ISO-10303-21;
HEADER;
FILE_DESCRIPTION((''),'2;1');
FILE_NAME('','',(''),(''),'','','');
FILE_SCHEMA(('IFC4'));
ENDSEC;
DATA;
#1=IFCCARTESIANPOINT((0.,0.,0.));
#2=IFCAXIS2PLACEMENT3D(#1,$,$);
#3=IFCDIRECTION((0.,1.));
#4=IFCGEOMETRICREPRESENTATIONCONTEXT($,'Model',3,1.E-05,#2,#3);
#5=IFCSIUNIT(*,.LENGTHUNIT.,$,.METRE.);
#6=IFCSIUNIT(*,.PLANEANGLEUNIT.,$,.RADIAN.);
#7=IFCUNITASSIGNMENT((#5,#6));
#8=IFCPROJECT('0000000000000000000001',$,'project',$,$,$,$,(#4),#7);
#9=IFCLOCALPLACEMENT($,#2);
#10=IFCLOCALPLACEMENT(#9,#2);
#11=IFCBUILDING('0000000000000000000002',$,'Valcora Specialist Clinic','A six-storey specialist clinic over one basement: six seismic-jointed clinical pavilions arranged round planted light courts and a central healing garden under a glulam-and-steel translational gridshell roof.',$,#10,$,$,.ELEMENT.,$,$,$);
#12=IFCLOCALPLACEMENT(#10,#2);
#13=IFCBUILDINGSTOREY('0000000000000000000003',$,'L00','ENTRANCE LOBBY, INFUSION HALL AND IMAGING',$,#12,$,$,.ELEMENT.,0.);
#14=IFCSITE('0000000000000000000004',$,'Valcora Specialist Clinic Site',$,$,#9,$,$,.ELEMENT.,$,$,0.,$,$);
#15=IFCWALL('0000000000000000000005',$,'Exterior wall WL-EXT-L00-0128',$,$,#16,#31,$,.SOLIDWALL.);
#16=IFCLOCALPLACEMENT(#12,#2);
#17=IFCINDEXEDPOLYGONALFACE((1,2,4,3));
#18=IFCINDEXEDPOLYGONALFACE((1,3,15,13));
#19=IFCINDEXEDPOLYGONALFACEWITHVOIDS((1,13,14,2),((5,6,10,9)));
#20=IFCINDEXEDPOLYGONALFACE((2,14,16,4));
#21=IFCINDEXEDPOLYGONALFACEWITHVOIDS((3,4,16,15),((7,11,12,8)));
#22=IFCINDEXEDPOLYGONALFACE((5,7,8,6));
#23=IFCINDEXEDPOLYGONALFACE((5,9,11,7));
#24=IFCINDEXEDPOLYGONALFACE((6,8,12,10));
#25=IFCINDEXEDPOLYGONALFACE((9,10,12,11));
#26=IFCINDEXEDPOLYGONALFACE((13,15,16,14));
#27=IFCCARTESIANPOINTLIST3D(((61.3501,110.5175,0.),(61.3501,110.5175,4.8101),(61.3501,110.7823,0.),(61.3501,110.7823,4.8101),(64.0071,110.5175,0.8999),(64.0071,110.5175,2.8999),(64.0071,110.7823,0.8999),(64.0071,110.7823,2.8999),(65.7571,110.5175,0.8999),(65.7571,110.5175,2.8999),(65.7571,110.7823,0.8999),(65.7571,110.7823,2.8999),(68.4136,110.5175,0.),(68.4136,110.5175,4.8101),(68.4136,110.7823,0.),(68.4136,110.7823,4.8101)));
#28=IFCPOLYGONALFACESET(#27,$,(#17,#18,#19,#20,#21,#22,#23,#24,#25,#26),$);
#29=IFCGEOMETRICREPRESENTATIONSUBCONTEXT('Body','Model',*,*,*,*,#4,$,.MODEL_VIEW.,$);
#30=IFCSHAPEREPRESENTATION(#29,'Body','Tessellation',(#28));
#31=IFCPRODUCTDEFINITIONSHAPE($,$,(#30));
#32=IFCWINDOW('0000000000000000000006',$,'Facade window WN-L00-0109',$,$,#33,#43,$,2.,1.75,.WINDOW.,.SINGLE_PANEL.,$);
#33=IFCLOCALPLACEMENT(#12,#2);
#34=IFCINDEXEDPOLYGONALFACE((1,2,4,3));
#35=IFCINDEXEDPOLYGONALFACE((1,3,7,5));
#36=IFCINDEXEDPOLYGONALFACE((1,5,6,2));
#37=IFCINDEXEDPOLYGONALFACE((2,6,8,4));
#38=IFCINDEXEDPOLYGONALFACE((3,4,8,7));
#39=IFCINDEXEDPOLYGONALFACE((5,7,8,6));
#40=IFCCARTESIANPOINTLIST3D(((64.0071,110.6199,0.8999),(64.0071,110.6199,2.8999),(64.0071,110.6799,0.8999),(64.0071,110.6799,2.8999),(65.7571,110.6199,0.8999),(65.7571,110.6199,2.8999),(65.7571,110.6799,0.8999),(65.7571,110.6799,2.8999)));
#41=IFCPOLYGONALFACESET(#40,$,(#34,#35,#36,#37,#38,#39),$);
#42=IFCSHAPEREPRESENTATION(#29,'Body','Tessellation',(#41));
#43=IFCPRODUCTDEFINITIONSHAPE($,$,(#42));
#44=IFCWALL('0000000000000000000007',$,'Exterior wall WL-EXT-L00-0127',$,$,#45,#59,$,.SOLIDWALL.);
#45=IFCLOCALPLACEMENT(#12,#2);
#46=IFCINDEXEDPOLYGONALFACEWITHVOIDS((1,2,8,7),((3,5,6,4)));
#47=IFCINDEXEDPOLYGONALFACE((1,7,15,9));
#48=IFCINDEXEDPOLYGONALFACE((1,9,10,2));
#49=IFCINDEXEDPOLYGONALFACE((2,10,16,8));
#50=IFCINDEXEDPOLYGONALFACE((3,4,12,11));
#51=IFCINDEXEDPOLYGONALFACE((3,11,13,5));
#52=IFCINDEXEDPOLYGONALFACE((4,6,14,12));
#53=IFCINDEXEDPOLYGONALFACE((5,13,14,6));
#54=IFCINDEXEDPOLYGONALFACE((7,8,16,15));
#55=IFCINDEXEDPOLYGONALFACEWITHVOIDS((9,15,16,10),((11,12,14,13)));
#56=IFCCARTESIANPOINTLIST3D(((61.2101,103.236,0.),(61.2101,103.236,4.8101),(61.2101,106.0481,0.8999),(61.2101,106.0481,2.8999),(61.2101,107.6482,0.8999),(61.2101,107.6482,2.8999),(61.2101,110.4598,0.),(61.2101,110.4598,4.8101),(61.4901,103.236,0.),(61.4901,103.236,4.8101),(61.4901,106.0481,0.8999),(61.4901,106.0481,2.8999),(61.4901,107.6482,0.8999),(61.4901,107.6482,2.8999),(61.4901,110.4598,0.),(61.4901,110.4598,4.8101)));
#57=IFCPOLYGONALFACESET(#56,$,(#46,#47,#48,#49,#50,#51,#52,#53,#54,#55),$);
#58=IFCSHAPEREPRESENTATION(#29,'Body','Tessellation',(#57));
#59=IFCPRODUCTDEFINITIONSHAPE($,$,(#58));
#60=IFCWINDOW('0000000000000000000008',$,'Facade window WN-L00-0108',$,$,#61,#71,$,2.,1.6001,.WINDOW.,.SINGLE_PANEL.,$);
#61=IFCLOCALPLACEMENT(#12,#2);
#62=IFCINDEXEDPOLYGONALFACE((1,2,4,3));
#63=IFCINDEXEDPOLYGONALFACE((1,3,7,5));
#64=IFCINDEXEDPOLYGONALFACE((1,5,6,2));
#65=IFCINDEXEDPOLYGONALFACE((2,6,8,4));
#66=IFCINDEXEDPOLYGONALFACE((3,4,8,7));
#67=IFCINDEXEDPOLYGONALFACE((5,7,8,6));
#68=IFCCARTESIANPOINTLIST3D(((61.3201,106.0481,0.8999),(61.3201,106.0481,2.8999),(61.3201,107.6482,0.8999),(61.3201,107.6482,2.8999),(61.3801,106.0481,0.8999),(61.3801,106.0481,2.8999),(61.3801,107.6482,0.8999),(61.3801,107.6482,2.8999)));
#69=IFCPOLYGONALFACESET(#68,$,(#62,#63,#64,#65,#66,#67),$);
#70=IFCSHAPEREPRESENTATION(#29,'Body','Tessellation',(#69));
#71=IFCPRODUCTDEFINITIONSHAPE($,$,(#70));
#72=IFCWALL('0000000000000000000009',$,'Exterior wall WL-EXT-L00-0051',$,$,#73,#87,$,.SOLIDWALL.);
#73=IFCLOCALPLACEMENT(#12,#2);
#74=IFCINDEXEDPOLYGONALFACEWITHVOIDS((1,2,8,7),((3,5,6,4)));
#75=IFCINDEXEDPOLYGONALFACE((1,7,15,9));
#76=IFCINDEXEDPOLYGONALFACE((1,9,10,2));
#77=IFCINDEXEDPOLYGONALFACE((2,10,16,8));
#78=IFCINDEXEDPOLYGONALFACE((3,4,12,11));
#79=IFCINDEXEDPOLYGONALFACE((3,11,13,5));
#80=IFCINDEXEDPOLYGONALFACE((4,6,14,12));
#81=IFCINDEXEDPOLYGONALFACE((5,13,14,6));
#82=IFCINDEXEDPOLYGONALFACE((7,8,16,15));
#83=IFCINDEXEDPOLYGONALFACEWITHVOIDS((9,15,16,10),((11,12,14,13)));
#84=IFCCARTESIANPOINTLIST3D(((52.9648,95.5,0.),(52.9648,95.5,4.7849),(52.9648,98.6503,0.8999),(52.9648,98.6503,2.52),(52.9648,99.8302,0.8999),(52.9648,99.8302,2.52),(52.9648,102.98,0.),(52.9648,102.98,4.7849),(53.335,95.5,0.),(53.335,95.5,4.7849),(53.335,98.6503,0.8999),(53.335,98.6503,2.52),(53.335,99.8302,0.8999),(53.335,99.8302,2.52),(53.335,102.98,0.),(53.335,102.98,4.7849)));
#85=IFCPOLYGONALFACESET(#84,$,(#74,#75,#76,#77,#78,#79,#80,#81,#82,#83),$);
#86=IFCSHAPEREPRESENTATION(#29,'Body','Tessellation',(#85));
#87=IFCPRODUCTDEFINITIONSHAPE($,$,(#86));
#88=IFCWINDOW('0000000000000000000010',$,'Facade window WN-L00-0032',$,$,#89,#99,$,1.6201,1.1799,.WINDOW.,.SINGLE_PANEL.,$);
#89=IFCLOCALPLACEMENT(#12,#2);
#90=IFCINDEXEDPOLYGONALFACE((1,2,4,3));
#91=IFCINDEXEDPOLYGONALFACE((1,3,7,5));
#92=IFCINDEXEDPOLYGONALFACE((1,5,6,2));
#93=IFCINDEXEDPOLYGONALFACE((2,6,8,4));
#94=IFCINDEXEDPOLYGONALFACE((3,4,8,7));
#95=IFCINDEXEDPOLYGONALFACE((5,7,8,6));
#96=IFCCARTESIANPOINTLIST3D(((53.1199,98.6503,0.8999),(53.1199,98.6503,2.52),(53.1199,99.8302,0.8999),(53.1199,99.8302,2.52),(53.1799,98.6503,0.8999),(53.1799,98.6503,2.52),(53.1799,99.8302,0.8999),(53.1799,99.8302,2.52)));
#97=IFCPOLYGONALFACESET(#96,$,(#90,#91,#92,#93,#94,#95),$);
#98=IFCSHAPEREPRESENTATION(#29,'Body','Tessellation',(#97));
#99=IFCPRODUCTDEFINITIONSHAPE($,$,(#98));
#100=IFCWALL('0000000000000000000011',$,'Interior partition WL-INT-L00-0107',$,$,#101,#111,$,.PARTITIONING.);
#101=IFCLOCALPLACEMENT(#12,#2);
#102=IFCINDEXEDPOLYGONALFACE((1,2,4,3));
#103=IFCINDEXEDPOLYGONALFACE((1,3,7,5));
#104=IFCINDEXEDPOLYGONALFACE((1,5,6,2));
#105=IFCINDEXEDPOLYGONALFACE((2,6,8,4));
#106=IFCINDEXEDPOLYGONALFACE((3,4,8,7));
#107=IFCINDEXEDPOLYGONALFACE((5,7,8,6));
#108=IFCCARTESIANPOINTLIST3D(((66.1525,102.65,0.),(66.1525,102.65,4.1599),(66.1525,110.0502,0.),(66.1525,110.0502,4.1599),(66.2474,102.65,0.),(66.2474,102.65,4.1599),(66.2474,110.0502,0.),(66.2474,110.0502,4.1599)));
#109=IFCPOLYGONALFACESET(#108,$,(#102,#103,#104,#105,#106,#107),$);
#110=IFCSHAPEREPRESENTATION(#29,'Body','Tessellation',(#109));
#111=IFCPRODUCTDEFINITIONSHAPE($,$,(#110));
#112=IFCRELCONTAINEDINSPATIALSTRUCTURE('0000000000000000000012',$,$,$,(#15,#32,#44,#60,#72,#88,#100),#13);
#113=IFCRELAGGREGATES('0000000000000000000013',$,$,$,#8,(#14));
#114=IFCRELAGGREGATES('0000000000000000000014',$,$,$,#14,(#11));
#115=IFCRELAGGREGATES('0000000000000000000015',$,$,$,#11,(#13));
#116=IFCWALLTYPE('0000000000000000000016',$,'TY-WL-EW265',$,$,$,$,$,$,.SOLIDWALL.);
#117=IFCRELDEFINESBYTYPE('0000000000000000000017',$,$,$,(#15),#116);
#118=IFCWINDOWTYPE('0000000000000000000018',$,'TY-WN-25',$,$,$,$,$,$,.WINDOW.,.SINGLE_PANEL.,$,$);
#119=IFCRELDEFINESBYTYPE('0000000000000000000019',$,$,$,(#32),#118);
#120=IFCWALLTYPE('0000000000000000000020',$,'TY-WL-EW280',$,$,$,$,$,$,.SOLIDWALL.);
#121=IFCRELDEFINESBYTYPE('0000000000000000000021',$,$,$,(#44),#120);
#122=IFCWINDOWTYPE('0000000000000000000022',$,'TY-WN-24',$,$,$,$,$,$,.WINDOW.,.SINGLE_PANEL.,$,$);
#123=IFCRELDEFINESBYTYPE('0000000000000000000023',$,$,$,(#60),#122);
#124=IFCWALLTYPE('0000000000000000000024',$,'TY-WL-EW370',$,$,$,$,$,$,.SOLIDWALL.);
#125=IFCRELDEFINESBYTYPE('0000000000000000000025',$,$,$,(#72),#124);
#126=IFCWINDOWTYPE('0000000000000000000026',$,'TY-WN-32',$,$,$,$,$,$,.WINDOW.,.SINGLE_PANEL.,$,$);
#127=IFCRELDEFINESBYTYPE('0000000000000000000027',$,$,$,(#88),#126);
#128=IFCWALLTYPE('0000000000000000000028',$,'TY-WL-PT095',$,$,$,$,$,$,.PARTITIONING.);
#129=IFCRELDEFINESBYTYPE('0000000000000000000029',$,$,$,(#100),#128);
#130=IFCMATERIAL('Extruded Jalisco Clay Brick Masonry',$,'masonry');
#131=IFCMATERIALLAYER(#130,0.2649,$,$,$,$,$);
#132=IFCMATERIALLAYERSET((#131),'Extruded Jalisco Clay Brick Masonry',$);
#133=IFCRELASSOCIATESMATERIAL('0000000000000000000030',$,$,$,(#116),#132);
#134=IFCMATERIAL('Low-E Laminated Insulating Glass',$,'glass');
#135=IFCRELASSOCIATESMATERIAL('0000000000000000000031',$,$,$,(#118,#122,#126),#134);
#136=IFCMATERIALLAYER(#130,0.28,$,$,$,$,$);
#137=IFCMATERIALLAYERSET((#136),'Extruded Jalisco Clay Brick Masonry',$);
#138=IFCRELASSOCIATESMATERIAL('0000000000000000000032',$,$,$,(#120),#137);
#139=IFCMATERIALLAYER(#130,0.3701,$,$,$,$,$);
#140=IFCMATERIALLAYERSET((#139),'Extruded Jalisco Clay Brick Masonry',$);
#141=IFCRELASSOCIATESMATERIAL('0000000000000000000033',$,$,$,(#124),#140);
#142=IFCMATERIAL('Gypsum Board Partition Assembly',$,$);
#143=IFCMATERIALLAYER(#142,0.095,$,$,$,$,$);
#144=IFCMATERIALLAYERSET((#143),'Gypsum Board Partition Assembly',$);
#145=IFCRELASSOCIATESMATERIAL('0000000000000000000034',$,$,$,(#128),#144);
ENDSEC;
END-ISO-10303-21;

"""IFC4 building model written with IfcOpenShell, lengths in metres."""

from ifc_helpers import new_model, si_unit, direction, frame, frame_2d, origin, place, context, subcontext, project, spatial, rectangle, extrude, material, layer, layer_set, type_object, element, fill, save


model = new_model("IFC4")

# Units and contexts
model_context = context("Model", 3, precision=1e-05, world=origin(), true_north=direction((0.0, 1.0)))
body_context = subcontext(model_context, "Body", "Model", "MODEL_VIEW")
ifc_project = project(units=[si_unit("LENGTHUNIT", "METRE"), si_unit("PLANEANGLEUNIT", "RADIAN")], contexts=[model_context])

# Site, building, storey
site_placement = place(None, origin())
site = spatial("IfcSite", under=ifc_project, at=site_placement, Name="Valcora Specialist Clinic Site", CompositionType="ELEMENT", RefElevation=0.0)
building_placement = place(site_placement, origin())
building = spatial("IfcBuilding", under=site, at=building_placement, Name="Valcora Specialist Clinic", Description="A six-storey specialist clinic over one basement: six seismic-jointed clinical pavilions arranged round planted light courts and a central healing garden under a glulam-and-steel translational gridshell roof.", CompositionType="ELEMENT")
storey_placement = place(building_placement, origin())
storey = spatial("IfcBuildingStorey", under=building, at=storey_placement, Name="L00", Description="ENTRANCE LOBBY, INFUSION HALL AND IMAGING", CompositionType="ELEMENT", Elevation=0.0)

# Walls, openings, windows
ifc_material_1 = material(Name="Extruded Jalisco Clay Brick Masonry", Category="masonry")
ifc_material_2 = material(Name="Low-E Laminated Insulating Glass", Category="glass")
ifc_layer_1 = layer(ifc_material_1, 0.2649)
ifc_layer_set_1 = layer_set([ifc_layer_1], Name="Extruded Jalisco Clay Brick Masonry")
wall_type_1 = type_object("IfcWallType", Name="TY-WL-EW265", PredefinedType="SOLIDWALL", material=ifc_layer_set_1)
wall_1_placement = place(storey_placement, frame((61.3501, 110.6499, 0.0), z_axis=(0.0, 0.0, 1.0), x_axis=(1.0, 0.0, 0.0)))
wall_1 = element("IfcWall", 1, at=wall_1_placement, inside=storey, type_object=wall_type_1, Name="Exterior wall WL-EXT-L00-0128", PredefinedType="SOLIDWALL", context=body_context, shape_type="SweptSolid", body=[
    extrude(rectangle(XDim=7.0635, YDim=0.2649, at=frame_2d((3.5317, 0.0))), origin(), (0.0, 0.0, 1.0), 4.8101),
])
opening_1_placement = place(wall_1_placement, frame((2.657, 0.0, 0.8999)))
opening_1 = element("IfcOpeningElement", 2, at=opening_1_placement, cuts=wall_1, PredefinedType="OPENING", context=body_context, shape_type="SweptSolid", body=[
    extrude(rectangle(XDim=1.75, YDim=2.0, at=frame_2d((0.875, 1.0))), frame((0.0, 0.1423, 0.0), z_axis=(0.0, -1.0, 0.0), x_axis=(1.0, 0.0, 0.0)), (0.0, 0.0, 1.0), 0.2849),
])
window_type_1 = type_object("IfcWindowType", Name="TY-WN-25", PartitioningType="SINGLE_PANEL", PredefinedType="WINDOW", material=ifc_material_2)
window_1_placement = place(opening_1_placement, origin())
window_1 = element("IfcWindow", 3, at=window_1_placement, inside=storey, type_object=window_type_1, Name="Facade window WN-L00-0109", OverallHeight=2.0, OverallWidth=1.75, PartitioningType="SINGLE_PANEL", PredefinedType="WINDOW", context=body_context, shape_type="SweptSolid", body=[
    extrude(rectangle(XDim=1.75, YDim=2.0, at=frame_2d((0.875, 1.0))), frame((0.0, 0.03, 0.0), z_axis=(0.0, -1.0, 0.0), x_axis=(1.0, 0.0, 0.0)), (0.0, 0.0, 1.0), 0.0601),
])
fill(opening_1, window_1)
ifc_layer_2 = layer(ifc_material_1, 0.28)
ifc_layer_set_2 = layer_set([ifc_layer_2], Name="Extruded Jalisco Clay Brick Masonry")
wall_type_2 = type_object("IfcWallType", Name="TY-WL-EW280", PredefinedType="SOLIDWALL", material=ifc_layer_set_2)
wall_2_placement = place(storey_placement, frame((61.3501, 103.2361, 0.0), z_axis=(0.0, 0.0, 1.0), x_axis=(0.0, 1.0, 0.0)))
wall_2 = element("IfcWall", 4, at=wall_2_placement, inside=storey, type_object=wall_type_2, Name="Exterior wall WL-EXT-L00-0127", PredefinedType="SOLIDWALL", context=body_context, shape_type="SweptSolid", body=[
    extrude(rectangle(XDim=7.2239, YDim=0.28, at=frame_2d((3.6118, 0.0))), origin(), (0.0, 0.0, 1.0), 4.8101),
])
opening_2_placement = place(wall_2_placement, frame((2.812, 0.0, 0.8999)))
opening_2 = element("IfcOpeningElement", 5, at=opening_2_placement, cuts=wall_2, PredefinedType="OPENING", context=body_context, shape_type="SweptSolid", body=[
    extrude(rectangle(XDim=1.6001, YDim=2.0, at=frame_2d((0.8, 1.0))), frame((0.0, 0.1499, 0.0), z_axis=(0.0, -1.0, 0.0), x_axis=(1.0, 0.0, 0.0)), (0.0, 0.0, 1.0), 0.3),
])
window_type_2 = type_object("IfcWindowType", Name="TY-WN-24", PartitioningType="SINGLE_PANEL", PredefinedType="WINDOW", material=ifc_material_2)
window_2_placement = place(opening_2_placement, origin())
window_2 = element("IfcWindow", 6, at=window_2_placement, inside=storey, type_object=window_type_2, Name="Facade window WN-L00-0108", OverallHeight=2.0, OverallWidth=1.6001, PartitioningType="SINGLE_PANEL", PredefinedType="WINDOW", context=body_context, shape_type="SweptSolid", body=[
    extrude(rectangle(XDim=1.6001, YDim=2.0, at=frame_2d((0.8, 1.0))), frame((0.0, 0.03, 0.0), z_axis=(0.0, -1.0, 0.0), x_axis=(1.0, 0.0, 0.0)), (0.0, 0.0, 1.0), 0.0601),
])
fill(opening_2, window_2)
ifc_layer_3 = layer(ifc_material_1, 0.3701)
ifc_layer_set_3 = layer_set([ifc_layer_3], Name="Extruded Jalisco Clay Brick Masonry")
wall_type_3 = type_object("IfcWallType", Name="TY-WL-EW370", PredefinedType="SOLIDWALL", material=ifc_layer_set_3)
wall_3_placement = place(storey_placement, frame((53.1499, 102.98, 0.0), z_axis=(0.0, 0.0, 1.0), x_axis=(0.0, -1.0, 0.0)))
wall_3 = element("IfcWall", 7, at=wall_3_placement, inside=storey, type_object=wall_type_3, Name="Exterior wall WL-EXT-L00-0051", PredefinedType="SOLIDWALL", context=body_context, shape_type="SweptSolid", body=[
    extrude(rectangle(XDim=7.48, YDim=0.3701, at=frame_2d((3.74, 0.0))), origin(), (0.0, 0.0, 1.0), 4.7849),
])
opening_3_placement = place(wall_3_placement, frame((3.1499, 0.0, 0.8999)))
opening_3 = element("IfcOpeningElement", 8, at=opening_3_placement, cuts=wall_3, PredefinedType="OPENING", context=body_context, shape_type="SweptSolid", body=[
    extrude(rectangle(XDim=1.1799, YDim=1.6201, at=frame_2d((0.5898, 0.8101))), frame((0.0, 0.1951, 0.0), z_axis=(0.0, -1.0, 0.0), x_axis=(1.0, 0.0, 0.0)), (0.0, 0.0, 1.0), 0.3901),
])
window_type_3 = type_object("IfcWindowType", Name="TY-WN-32", PartitioningType="SINGLE_PANEL", PredefinedType="WINDOW", material=ifc_material_2)
window_3_placement = place(opening_3_placement, origin())
window_3 = element("IfcWindow", 9, at=window_3_placement, inside=storey, type_object=window_type_3, Name="Facade window WN-L00-0032", OverallHeight=1.6201, OverallWidth=1.1799, PartitioningType="SINGLE_PANEL", PredefinedType="WINDOW", context=body_context, shape_type="SweptSolid", body=[
    extrude(rectangle(XDim=1.1799, YDim=1.6201, at=frame_2d((0.5898, 0.8101))), frame((0.0, 0.03, 0.0), z_axis=(0.0, -1.0, 0.0), x_axis=(1.0, 0.0, 0.0)), (0.0, 0.0, 1.0), 0.0601),
])
fill(opening_3, window_3)

# Wall
ifc_material_3 = material(Name="Gypsum Board Partition Assembly")
ifc_layer_4 = layer(ifc_material_3, 0.095)
ifc_layer_set_4 = layer_set([ifc_layer_4], Name="Gypsum Board Partition Assembly")
wall_type_4 = type_object("IfcWallType", Name="TY-WL-PT095", PredefinedType="PARTITIONING", material=ifc_layer_set_4)
wall_4_placement = place(storey_placement, frame((66.2, 102.6499, 0.0), z_axis=(0.0, 0.0, 1.0), x_axis=(0.0, 1.0, 0.0)))
element("IfcWall", 10, at=wall_4_placement, inside=storey, type_object=wall_type_4, Name="Interior partition WL-INT-L00-0107", PredefinedType="PARTITIONING", context=body_context, shape_type="SweptSolid", body=[
    extrude(rectangle(XDim=7.4001, YDim=0.095, at=frame_2d((3.7002, 0.0))), origin(), (0.0, 0.0, 1.0), 4.1599),
])

save(model, "model.ifc")
